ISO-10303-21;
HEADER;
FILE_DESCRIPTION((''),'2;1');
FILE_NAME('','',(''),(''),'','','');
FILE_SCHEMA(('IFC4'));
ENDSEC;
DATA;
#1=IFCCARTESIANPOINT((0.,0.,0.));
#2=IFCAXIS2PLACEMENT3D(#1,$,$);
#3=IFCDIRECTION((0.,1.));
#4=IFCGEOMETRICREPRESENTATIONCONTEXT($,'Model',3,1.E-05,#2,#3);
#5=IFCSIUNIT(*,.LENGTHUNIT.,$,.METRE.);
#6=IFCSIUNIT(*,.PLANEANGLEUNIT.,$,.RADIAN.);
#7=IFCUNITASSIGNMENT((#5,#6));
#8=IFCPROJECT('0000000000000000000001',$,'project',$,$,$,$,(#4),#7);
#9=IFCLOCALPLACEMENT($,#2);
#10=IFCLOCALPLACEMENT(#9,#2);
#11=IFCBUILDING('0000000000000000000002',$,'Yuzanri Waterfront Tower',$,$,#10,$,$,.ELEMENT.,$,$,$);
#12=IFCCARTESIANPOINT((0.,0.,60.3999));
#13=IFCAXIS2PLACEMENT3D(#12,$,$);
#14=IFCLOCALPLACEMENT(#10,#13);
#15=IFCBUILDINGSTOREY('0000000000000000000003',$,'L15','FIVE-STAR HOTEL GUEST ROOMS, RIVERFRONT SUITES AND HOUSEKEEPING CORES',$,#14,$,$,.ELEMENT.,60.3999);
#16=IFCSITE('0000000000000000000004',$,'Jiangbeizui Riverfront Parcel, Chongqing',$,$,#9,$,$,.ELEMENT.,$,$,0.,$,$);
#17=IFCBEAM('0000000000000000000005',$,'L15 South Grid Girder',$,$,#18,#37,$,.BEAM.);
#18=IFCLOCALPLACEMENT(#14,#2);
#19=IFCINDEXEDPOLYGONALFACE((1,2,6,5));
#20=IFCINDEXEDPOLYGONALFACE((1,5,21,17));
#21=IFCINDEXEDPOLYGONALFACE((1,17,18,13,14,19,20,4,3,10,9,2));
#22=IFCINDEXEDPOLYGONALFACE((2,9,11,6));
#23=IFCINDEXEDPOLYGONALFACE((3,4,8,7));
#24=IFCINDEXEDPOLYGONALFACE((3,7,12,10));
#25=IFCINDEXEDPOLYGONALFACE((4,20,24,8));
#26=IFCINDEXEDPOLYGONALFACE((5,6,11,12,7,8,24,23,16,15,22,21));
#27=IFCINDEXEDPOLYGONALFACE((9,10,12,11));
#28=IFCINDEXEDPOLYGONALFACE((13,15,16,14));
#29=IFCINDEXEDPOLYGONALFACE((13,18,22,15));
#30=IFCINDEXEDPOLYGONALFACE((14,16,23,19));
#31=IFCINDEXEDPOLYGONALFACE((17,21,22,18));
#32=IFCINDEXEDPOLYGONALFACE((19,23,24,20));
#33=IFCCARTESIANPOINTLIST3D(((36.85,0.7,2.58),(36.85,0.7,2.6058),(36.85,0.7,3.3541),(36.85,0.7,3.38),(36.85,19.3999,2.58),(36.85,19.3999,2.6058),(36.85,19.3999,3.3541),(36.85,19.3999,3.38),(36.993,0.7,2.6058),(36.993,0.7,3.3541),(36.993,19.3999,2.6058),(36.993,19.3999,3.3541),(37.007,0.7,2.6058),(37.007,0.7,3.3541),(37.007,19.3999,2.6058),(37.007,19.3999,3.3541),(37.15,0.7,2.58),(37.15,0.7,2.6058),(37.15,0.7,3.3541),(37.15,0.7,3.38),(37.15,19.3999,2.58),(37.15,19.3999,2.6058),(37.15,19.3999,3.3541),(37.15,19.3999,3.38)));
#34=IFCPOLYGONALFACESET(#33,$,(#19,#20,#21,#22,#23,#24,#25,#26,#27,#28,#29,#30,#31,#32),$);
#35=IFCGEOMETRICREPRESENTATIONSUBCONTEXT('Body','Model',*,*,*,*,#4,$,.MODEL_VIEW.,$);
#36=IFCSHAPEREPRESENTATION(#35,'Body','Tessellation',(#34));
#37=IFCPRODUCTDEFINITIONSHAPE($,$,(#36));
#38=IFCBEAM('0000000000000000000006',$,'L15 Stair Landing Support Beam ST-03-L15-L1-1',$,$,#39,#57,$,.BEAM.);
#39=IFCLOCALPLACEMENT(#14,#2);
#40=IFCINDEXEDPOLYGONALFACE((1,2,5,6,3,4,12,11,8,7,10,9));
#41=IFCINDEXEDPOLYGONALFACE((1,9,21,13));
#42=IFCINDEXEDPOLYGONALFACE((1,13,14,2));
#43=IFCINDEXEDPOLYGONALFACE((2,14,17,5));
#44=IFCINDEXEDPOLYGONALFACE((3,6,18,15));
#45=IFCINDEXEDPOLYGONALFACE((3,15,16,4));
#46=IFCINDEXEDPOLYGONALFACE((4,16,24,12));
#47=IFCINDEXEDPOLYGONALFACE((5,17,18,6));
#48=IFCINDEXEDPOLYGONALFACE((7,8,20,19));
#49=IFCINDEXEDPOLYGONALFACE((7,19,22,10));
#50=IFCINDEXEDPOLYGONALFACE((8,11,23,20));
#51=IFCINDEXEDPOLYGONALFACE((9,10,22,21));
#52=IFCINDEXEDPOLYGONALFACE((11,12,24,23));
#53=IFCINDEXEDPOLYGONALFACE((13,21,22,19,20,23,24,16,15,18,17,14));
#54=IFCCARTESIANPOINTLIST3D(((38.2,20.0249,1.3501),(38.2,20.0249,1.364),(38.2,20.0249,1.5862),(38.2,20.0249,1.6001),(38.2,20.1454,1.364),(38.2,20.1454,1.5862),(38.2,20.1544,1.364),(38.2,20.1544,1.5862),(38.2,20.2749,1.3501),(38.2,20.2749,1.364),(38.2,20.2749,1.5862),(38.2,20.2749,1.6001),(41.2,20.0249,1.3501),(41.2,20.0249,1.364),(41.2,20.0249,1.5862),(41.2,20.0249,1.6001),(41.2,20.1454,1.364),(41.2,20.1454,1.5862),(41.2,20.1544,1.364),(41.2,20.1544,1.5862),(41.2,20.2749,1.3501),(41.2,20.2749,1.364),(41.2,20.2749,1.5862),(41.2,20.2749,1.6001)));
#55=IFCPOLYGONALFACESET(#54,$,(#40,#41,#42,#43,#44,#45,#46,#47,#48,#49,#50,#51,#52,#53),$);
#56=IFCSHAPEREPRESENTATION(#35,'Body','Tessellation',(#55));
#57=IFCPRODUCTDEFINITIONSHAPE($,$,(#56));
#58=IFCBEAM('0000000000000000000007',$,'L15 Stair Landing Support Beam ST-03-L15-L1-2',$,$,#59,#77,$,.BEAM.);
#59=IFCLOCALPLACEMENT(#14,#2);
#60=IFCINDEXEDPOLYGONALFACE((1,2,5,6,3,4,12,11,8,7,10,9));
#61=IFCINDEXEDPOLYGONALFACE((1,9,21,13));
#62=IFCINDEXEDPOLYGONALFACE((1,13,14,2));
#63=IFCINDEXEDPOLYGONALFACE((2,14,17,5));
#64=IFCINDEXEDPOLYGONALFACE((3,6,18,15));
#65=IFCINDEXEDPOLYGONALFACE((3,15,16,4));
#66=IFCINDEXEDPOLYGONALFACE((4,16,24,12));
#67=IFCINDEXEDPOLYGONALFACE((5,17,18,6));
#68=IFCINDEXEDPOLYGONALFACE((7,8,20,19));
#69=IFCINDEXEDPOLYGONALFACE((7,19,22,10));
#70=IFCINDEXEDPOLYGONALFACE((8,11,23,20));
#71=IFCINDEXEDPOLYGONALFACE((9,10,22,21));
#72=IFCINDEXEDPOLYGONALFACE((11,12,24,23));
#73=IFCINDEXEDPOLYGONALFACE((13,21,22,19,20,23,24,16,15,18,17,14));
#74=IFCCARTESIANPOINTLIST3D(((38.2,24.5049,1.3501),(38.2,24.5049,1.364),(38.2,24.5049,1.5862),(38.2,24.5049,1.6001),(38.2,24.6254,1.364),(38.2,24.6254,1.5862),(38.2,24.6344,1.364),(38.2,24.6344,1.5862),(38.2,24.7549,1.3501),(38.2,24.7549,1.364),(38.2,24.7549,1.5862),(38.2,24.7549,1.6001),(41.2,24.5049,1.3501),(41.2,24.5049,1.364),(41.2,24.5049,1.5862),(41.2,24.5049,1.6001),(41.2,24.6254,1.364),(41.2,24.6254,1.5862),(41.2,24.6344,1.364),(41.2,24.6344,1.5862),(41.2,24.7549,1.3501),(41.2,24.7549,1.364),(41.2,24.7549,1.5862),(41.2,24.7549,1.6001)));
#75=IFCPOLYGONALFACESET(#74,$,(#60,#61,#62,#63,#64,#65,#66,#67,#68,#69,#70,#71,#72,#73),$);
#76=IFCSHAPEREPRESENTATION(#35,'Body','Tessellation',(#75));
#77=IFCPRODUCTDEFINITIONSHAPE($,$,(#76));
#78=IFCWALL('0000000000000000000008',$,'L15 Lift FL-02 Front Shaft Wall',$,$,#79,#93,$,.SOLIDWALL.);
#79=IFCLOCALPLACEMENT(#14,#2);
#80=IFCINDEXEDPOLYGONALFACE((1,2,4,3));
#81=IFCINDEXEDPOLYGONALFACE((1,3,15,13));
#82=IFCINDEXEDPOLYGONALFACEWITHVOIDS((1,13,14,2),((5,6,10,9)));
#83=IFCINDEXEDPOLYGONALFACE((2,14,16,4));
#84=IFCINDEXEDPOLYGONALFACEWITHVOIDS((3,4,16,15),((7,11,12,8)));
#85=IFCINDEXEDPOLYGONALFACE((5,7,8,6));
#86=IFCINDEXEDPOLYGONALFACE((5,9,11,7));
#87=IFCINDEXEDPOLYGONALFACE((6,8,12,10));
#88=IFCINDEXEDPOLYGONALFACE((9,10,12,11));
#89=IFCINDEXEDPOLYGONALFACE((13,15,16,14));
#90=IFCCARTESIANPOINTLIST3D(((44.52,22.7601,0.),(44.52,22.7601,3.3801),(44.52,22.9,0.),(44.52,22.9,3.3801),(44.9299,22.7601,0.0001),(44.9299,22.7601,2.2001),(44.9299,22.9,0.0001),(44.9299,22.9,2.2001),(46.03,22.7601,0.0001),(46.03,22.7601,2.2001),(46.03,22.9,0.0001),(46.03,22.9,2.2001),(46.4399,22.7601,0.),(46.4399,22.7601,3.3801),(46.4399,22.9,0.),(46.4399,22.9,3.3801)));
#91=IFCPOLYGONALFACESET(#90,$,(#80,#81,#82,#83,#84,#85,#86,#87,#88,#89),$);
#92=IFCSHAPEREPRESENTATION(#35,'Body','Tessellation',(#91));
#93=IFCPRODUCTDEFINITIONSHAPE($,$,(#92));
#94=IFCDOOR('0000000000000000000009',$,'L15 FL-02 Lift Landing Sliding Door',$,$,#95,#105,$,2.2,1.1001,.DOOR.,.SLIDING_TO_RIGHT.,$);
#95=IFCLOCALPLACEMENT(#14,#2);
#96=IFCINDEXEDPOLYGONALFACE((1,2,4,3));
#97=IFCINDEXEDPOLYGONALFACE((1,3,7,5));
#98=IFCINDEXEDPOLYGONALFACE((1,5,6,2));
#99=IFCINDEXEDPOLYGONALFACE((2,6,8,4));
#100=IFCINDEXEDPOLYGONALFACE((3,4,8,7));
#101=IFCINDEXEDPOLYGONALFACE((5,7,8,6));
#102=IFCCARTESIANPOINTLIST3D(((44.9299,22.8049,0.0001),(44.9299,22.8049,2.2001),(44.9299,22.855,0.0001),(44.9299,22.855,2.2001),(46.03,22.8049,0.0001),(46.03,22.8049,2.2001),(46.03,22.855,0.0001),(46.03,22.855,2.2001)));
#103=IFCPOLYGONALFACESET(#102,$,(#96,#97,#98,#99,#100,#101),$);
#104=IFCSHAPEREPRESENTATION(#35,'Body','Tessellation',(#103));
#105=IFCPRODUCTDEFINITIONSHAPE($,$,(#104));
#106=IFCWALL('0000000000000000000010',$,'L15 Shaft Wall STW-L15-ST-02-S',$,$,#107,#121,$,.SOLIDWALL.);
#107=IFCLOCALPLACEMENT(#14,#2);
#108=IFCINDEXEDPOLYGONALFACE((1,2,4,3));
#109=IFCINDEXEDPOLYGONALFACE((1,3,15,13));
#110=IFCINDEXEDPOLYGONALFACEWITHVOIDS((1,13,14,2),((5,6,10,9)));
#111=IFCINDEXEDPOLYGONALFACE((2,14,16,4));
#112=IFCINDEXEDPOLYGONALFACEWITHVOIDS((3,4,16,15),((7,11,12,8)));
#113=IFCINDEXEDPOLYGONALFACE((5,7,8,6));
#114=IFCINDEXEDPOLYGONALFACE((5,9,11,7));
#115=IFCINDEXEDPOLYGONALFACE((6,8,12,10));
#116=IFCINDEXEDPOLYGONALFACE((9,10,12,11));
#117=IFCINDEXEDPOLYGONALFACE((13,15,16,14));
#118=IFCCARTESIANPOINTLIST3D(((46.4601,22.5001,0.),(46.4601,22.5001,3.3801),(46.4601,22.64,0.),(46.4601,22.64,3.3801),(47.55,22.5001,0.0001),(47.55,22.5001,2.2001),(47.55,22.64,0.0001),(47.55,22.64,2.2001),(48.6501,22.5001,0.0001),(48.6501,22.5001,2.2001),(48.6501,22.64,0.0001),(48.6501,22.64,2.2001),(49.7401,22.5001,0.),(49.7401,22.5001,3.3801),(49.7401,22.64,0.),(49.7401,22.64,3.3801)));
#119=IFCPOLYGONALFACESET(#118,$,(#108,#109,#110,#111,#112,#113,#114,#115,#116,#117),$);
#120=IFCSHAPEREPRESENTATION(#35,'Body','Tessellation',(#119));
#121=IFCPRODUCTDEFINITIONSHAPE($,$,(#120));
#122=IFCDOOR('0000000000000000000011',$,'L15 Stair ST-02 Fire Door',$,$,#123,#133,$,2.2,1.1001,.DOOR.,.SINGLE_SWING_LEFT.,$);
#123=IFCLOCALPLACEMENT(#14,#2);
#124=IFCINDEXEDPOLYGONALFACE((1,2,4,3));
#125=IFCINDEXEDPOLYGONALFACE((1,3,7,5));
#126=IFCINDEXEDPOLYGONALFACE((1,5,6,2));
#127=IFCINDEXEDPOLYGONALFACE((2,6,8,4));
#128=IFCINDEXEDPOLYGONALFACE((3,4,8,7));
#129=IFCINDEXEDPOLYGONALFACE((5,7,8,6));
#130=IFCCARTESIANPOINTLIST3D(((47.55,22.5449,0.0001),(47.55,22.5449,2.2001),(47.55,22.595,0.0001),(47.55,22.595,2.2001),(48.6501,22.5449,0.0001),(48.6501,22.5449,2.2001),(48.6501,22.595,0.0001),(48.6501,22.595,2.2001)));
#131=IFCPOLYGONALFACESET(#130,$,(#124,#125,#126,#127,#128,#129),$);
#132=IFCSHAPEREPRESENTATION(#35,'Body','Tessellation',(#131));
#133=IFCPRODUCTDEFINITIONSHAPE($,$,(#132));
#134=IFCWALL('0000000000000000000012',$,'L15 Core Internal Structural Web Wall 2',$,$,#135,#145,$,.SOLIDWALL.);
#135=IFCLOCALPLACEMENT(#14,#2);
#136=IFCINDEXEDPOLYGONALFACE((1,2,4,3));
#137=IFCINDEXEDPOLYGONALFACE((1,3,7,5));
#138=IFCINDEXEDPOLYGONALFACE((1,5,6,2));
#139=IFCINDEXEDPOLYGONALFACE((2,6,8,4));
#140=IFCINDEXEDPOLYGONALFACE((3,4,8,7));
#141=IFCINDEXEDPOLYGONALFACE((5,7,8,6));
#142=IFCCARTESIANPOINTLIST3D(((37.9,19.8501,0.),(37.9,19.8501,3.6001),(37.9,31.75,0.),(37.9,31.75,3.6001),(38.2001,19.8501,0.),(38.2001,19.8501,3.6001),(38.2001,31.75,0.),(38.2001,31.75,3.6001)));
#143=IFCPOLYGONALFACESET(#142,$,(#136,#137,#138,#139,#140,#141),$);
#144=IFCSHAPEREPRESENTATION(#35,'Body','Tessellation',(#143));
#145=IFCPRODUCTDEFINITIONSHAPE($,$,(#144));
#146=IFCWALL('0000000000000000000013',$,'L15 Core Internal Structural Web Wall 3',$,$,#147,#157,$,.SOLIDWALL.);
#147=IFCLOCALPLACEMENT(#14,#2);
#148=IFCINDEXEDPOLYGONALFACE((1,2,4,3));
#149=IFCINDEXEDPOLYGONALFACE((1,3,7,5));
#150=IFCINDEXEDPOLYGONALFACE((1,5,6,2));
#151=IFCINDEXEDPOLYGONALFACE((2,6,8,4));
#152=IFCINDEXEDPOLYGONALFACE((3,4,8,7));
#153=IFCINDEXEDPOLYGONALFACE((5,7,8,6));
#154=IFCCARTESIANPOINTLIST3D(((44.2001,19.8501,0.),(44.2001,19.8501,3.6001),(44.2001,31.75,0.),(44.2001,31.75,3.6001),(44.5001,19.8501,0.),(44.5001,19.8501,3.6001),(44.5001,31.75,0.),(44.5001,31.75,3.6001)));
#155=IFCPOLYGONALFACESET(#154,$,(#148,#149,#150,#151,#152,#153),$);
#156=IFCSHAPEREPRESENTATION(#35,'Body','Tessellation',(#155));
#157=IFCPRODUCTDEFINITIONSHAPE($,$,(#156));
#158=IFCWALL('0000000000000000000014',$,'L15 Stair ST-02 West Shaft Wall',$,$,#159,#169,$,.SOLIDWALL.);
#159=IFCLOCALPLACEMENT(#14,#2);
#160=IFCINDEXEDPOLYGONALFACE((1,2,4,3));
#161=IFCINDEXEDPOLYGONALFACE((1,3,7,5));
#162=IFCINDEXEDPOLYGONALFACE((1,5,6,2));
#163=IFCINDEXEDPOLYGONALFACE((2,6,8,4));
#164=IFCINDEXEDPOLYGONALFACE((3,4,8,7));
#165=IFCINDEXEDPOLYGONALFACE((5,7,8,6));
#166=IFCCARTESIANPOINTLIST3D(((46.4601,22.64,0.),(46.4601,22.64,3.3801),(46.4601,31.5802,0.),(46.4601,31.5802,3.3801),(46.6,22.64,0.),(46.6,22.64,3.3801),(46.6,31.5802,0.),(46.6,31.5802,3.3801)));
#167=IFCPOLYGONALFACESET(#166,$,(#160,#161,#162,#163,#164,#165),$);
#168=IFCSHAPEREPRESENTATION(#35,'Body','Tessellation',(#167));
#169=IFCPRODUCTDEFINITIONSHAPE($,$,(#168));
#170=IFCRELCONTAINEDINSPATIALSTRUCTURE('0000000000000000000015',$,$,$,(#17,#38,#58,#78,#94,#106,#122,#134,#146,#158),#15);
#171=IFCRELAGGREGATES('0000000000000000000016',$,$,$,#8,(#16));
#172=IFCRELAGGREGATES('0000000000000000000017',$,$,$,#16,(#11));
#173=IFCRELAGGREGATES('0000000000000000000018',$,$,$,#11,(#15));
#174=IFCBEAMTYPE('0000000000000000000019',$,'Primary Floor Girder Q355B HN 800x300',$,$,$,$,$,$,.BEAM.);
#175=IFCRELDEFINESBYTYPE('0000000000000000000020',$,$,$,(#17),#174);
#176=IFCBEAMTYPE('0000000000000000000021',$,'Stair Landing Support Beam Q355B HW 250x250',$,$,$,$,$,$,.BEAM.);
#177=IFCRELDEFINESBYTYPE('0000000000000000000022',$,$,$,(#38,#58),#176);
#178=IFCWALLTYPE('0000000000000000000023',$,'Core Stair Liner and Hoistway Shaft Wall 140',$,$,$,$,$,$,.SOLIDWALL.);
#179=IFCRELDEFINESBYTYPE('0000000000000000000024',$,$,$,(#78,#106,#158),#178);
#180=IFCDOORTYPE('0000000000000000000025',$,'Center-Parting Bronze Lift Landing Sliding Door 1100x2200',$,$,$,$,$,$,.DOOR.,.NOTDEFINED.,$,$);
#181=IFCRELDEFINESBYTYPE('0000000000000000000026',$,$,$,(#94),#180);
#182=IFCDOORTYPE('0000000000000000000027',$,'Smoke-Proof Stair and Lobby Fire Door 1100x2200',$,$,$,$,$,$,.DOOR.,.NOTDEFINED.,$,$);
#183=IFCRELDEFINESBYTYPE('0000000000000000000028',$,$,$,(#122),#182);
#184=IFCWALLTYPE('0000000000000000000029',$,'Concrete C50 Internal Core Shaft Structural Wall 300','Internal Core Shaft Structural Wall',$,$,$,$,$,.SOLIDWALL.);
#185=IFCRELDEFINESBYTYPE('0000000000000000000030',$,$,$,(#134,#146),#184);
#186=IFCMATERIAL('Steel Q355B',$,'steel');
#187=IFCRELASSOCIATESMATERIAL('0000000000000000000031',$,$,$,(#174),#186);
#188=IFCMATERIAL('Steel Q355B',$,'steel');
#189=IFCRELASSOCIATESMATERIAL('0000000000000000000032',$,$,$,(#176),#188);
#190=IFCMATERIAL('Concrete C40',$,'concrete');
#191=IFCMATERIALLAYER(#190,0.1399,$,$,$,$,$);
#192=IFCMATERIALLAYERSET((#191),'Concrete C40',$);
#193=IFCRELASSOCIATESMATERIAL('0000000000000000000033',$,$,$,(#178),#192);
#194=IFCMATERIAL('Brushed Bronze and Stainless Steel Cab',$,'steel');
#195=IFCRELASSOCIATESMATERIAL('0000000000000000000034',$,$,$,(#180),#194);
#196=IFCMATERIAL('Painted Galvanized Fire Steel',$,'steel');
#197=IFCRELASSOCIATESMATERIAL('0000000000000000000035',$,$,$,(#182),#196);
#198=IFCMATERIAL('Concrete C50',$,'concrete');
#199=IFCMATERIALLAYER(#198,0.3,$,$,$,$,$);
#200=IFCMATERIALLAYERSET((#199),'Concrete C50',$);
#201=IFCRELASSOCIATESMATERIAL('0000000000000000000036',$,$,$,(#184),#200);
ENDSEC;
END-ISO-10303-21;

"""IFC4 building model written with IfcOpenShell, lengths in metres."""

from ifc_helpers import new_model, si_unit, direction, frame, frame_2d, origin, origin_2d, place, context, subcontext, project, spatial, rectangle, i_section, extrude, source, transform, mapped, material, layer, layer_set, material_profile, profile_set, type_object, element, fill, save


model = new_model("IFC4")

# Units and contexts
model_context = context("Model", 3, precision=1e-05, world=origin(), true_north=direction((0.0, 1.0)))
body_context = subcontext(model_context, "Body", "Model", "MODEL_VIEW")
ifc_project = project(units=[si_unit("LENGTHUNIT", "METRE"), si_unit("PLANEANGLEUNIT", "RADIAN")], contexts=[model_context])

# Site, building, storey
site_placement = place(None, origin())
site = spatial("IfcSite", under=ifc_project, at=site_placement, Name="Jiangbeizui Riverfront Parcel, Chongqing", CompositionType="ELEMENT", RefElevation=0.0)
building_placement = place(site_placement, origin())
building = spatial("IfcBuilding", under=site, at=building_placement, Name="Yuzanri Waterfront Tower", CompositionType="ELEMENT")
storey_placement = place(building_placement, frame((0.0, 0.0, 60.3999)))
storey = spatial("IfcBuildingStorey", under=building, at=storey_placement, Name="L15", Description="FIVE-STAR HOTEL GUEST ROOMS, RIVERFRONT SUITES AND HOUSEKEEPING CORES", CompositionType="ELEMENT", Elevation=60.3999)

# Beams
ifc_material_1 = material(Name="Steel Q355B", Category="steel")
ifc_material_profile_1 = material_profile(ifc_material_1, i_section(OverallWidth=0.3, OverallDepth=0.8, WebThickness=0.0139, FlangeThickness=0.0259, at=origin_2d()), Name="HN 800x300x14x26")
ifc_profile_set_1 = profile_set([ifc_material_profile_1], Name="Steel Q355B")
beam_type_1 = type_object("IfcBeamType", Name="Primary Floor Girder Q355B HN 800x300", PredefinedType="BEAM", material=ifc_profile_set_1)
shared_shape_1 = source(origin(), body_context, "Body", "SweptSolid", [
    extrude(i_section(OverallWidth=0.3, OverallDepth=0.8, WebThickness=0.0139, FlangeThickness=0.0259, at=origin_2d()), origin(), (0.0, 0.0, 1.0), 18.7),
])
beam_placement = place(storey_placement, frame((37.0, 19.3999, 2.98), z_axis=(0.0, -1.0, 0.0), x_axis=(1.0, 0.0, 0.0)))
element("IfcBeam", 1, at=beam_placement, inside=storey, type_object=beam_type_1, Name="L15 South Grid Girder", PredefinedType="BEAM", context=body_context, shape_type="MappedRepresentation", body=[
    mapped(shared_shape_1, transform((0.0, 0.0, 0.0), scale=1.0)),
])
ifc_material_2 = material(Name="Steel Q355B", Category="steel")
ifc_material_profile_2 = material_profile(ifc_material_2, i_section(OverallWidth=0.25, OverallDepth=0.25, WebThickness=0.009, FlangeThickness=0.0139, at=origin_2d()), Name="HW 250x250x9x14")
ifc_profile_set_2 = profile_set([ifc_material_profile_2], Name="Steel Q355B")
beam_type_2 = type_object("IfcBeamType", Name="Stair Landing Support Beam Q355B HW 250x250", PredefinedType="BEAM", material=ifc_profile_set_2)
shared_shape_2 = source(origin(), body_context, "Body", "SweptSolid", [
    extrude(i_section(OverallWidth=0.25, OverallDepth=0.25, WebThickness=0.009, FlangeThickness=0.0139, at=origin_2d()), origin(), (0.0, 0.0, 1.0), 3.0),
])
for number, where, z_axis, x_axis, name in (
    (2, (38.2, 20.1499, 1.4751), (1.0, 0.0, 0.0), (0.0, 1.0, 0.0), "L15 Stair Landing Support Beam ST-03-L15-L1-1"),
    (3, (38.2, 24.6299, 1.4751), (1.0, 0.0, 0.0), (0.0, 1.0, 0.0), "L15 Stair Landing Support Beam ST-03-L15-L1-2"),
):
    element("IfcBeam", number, at=place(storey_placement, frame(where, z_axis=z_axis, x_axis=x_axis)), inside=storey, type_object=beam_type_2, Name=name, PredefinedType="BEAM", context=body_context, shape_type="MappedRepresentation", body=[
        mapped(shared_shape_2, transform((0.0, 0.0, 0.0), scale=1.0)),
    ])

# Walls, openings, doors
ifc_material_3 = material(Name="Concrete C40", Category="concrete")
ifc_layer_1 = layer(ifc_material_3, 0.1399)
ifc_layer_set_1 = layer_set([ifc_layer_1], Name="Concrete C40")
wall_type_1 = type_object("IfcWallType", Name="Core Stair Liner and Hoistway Shaft Wall 140", PredefinedType="SOLIDWALL", material=ifc_layer_set_1)
wall_1_placement = place(storey_placement, frame((44.52, 22.8301, 0.0), z_axis=(0.0, 0.0, 1.0), x_axis=(1.0, 0.0, 0.0)))
wall_1 = element("IfcWall", 4, at=wall_1_placement, inside=storey, type_object=wall_type_1, Name="L15 Lift FL-02 Front Shaft Wall", PredefinedType="SOLIDWALL", context=body_context, shape_type="SweptSolid", body=[
    extrude(rectangle(XDim=1.9199, YDim=0.1399, at=frame_2d((0.96, 0.0))), origin(), (0.0, 0.0, 1.0), 3.3801),
])
opening_1_placement = place(wall_1_placement, frame((0.4099, 0.0, 0.0)))
opening_1 = element("IfcOpeningElement", 5, at=opening_1_placement, cuts=wall_1, PredefinedType="OPENING", context=body_context, shape_type="SweptSolid", body=[
    extrude(rectangle(XDim=1.1001, YDim=2.2, at=frame_2d((0.55, 1.1001))), frame((0.0, 0.085, 0.0), z_axis=(0.0, -1.0, 0.0), x_axis=(1.0, 0.0, 0.0)), (0.0, 0.0, 1.0), 0.1697),
])
ifc_material_4 = material(Name="Brushed Bronze and Stainless Steel Cab", Category="steel")
door_type_1 = type_object("IfcDoorType", Name="Center-Parting Bronze Lift Landing Sliding Door 1100x2200", OperationType="NOTDEFINED", PredefinedType="DOOR", material=ifc_material_4)
shared_shape_3 = source(origin(), body_context, "Body", "SweptSolid", [
    extrude(rectangle(XDim=1.1001, YDim=2.2, at=frame_2d((0.55, 1.1001))), frame((0.0, 0.0249, 0.0), z_axis=(0.0, -1.0, 0.0), x_axis=(1.0, 0.0, 0.0)), (0.0, 0.0, 1.0), 0.05),
])
door_1_placement = place(opening_1_placement, origin())
door_1 = element("IfcDoor", 6, at=door_1_placement, inside=storey, type_object=door_type_1, Name="L15 FL-02 Lift Landing Sliding Door", OperationType="SLIDING_TO_RIGHT", OverallHeight=2.2, OverallWidth=1.1001, PredefinedType="DOOR", context=body_context, shape_type="MappedRepresentation", body=[
    mapped(shared_shape_3, transform((0.0, 0.0, 0.0), scale=1.0)),
])
fill(opening_1, door_1)
wall_2_placement = place(storey_placement, frame((46.46, 22.5701, 0.0), z_axis=(0.0, 0.0, 1.0), x_axis=(1.0, 0.0, 0.0)))
wall_2 = element("IfcWall", 7, at=wall_2_placement, inside=storey, type_object=wall_type_1, Name="L15 Shaft Wall STW-L15-ST-02-S", PredefinedType="SOLIDWALL", context=body_context, shape_type="SweptSolid", body=[
    extrude(rectangle(XDim=3.28, YDim=0.1399, at=frame_2d((1.6401, 0.0))), origin(), (0.0, 0.0, 1.0), 3.3801),
])
opening_2_placement = place(wall_2_placement, frame((1.0901, 0.0, 0.0)))
opening_2 = element("IfcOpeningElement", 8, at=opening_2_placement, cuts=wall_2, PredefinedType="OPENING", context=body_context, shape_type="SweptSolid", body=[
    extrude(rectangle(XDim=1.1001, YDim=2.2, at=frame_2d((0.55, 1.1001))), frame((0.0, 0.085, 0.0), z_axis=(0.0, -1.0, 0.0), x_axis=(1.0, 0.0, 0.0)), (0.0, 0.0, 1.0), 0.1697),
])
ifc_material_5 = material(Name="Painted Galvanized Fire Steel", Category="steel")
door_type_2 = type_object("IfcDoorType", Name="Smoke-Proof Stair and Lobby Fire Door 1100x2200", OperationType="NOTDEFINED", PredefinedType="DOOR", material=ifc_material_5)
shared_shape_4 = source(origin(), body_context, "Body", "SweptSolid", [
    extrude(rectangle(XDim=1.1001, YDim=2.2, at=frame_2d((0.55, 1.1001))), frame((0.0, 0.0249, 0.0), z_axis=(0.0, -1.0, 0.0), x_axis=(1.0, 0.0, 0.0)), (0.0, 0.0, 1.0), 0.05),
])
door_2_placement = place(opening_2_placement, origin())
door_2 = element("IfcDoor", 9, at=door_2_placement, inside=storey, type_object=door_type_2, Name="L15 Stair ST-02 Fire Door", OperationType="SINGLE_SWING_LEFT", OverallHeight=2.2, OverallWidth=1.1001, PredefinedType="DOOR", context=body_context, shape_type="MappedRepresentation", body=[
    mapped(shared_shape_4, transform((0.0, 0.0, 0.0), scale=1.0)),
])
fill(opening_2, door_2)

# Walls
ifc_material_6 = material(Name="Concrete C50", Category="concrete")
ifc_layer_2 = layer(ifc_material_6, 0.3)
ifc_layer_set_2 = layer_set([ifc_layer_2], Name="Concrete C50")
wall_type_2 = type_object("IfcWallType", Name="Concrete C50 Internal Core Shaft Structural Wall 300", Description="Internal Core Shaft Structural Wall", PredefinedType="SOLIDWALL", material=ifc_layer_set_2)
shared_shape_5 = source(origin(), body_context, "Body", "SweptSolid", [
    extrude(rectangle(XDim=11.8999, YDim=0.3, at=frame_2d((5.95, 0.0))), origin(), (0.0, 0.0, 1.0), 3.6001),
])
for number, where, z_axis, x_axis, name in (
    (10, (38.05, 19.8501, 0.0), (0.0, 0.0, 1.0), (0.0, 1.0, 0.0), "L15 Core Internal Structural Web Wall 2"),
    (11, (44.3501, 19.8501, 0.0), (0.0, 0.0, 1.0), (0.0, 1.0, 0.0), "L15 Core Internal Structural Web Wall 3"),
):
    element("IfcWall", number, at=place(storey_placement, frame(where, z_axis=z_axis, x_axis=x_axis)), inside=storey, type_object=wall_type_2, Name=name, PredefinedType="SOLIDWALL", context=body_context, shape_type="MappedRepresentation", body=[
        mapped(shared_shape_5, transform((0.0, 0.0, 0.0), scale=1.0)),
    ])
shared_shape_6 = source(origin(), body_context, "Body", "SweptSolid", [
    extrude(rectangle(XDim=8.9402, YDim=0.1399, at=frame_2d((4.4702, 0.0))), origin(), (0.0, 0.0, 1.0), 3.3801),
])
wall_3_placement = place(storey_placement, frame((46.53, 22.6399, 0.0), z_axis=(0.0, 0.0, 1.0), x_axis=(0.0, 1.0, 0.0)))
element("IfcWall", 12, at=wall_3_placement, inside=storey, type_object=wall_type_1, Name="L15 Stair ST-02 West Shaft Wall", PredefinedType="SOLIDWALL", context=body_context, shape_type="MappedRepresentation", body=[
    mapped(shared_shape_6, transform((0.0, 0.0, 0.0), scale=1.0)),
])

save(model, "model.ifc")
